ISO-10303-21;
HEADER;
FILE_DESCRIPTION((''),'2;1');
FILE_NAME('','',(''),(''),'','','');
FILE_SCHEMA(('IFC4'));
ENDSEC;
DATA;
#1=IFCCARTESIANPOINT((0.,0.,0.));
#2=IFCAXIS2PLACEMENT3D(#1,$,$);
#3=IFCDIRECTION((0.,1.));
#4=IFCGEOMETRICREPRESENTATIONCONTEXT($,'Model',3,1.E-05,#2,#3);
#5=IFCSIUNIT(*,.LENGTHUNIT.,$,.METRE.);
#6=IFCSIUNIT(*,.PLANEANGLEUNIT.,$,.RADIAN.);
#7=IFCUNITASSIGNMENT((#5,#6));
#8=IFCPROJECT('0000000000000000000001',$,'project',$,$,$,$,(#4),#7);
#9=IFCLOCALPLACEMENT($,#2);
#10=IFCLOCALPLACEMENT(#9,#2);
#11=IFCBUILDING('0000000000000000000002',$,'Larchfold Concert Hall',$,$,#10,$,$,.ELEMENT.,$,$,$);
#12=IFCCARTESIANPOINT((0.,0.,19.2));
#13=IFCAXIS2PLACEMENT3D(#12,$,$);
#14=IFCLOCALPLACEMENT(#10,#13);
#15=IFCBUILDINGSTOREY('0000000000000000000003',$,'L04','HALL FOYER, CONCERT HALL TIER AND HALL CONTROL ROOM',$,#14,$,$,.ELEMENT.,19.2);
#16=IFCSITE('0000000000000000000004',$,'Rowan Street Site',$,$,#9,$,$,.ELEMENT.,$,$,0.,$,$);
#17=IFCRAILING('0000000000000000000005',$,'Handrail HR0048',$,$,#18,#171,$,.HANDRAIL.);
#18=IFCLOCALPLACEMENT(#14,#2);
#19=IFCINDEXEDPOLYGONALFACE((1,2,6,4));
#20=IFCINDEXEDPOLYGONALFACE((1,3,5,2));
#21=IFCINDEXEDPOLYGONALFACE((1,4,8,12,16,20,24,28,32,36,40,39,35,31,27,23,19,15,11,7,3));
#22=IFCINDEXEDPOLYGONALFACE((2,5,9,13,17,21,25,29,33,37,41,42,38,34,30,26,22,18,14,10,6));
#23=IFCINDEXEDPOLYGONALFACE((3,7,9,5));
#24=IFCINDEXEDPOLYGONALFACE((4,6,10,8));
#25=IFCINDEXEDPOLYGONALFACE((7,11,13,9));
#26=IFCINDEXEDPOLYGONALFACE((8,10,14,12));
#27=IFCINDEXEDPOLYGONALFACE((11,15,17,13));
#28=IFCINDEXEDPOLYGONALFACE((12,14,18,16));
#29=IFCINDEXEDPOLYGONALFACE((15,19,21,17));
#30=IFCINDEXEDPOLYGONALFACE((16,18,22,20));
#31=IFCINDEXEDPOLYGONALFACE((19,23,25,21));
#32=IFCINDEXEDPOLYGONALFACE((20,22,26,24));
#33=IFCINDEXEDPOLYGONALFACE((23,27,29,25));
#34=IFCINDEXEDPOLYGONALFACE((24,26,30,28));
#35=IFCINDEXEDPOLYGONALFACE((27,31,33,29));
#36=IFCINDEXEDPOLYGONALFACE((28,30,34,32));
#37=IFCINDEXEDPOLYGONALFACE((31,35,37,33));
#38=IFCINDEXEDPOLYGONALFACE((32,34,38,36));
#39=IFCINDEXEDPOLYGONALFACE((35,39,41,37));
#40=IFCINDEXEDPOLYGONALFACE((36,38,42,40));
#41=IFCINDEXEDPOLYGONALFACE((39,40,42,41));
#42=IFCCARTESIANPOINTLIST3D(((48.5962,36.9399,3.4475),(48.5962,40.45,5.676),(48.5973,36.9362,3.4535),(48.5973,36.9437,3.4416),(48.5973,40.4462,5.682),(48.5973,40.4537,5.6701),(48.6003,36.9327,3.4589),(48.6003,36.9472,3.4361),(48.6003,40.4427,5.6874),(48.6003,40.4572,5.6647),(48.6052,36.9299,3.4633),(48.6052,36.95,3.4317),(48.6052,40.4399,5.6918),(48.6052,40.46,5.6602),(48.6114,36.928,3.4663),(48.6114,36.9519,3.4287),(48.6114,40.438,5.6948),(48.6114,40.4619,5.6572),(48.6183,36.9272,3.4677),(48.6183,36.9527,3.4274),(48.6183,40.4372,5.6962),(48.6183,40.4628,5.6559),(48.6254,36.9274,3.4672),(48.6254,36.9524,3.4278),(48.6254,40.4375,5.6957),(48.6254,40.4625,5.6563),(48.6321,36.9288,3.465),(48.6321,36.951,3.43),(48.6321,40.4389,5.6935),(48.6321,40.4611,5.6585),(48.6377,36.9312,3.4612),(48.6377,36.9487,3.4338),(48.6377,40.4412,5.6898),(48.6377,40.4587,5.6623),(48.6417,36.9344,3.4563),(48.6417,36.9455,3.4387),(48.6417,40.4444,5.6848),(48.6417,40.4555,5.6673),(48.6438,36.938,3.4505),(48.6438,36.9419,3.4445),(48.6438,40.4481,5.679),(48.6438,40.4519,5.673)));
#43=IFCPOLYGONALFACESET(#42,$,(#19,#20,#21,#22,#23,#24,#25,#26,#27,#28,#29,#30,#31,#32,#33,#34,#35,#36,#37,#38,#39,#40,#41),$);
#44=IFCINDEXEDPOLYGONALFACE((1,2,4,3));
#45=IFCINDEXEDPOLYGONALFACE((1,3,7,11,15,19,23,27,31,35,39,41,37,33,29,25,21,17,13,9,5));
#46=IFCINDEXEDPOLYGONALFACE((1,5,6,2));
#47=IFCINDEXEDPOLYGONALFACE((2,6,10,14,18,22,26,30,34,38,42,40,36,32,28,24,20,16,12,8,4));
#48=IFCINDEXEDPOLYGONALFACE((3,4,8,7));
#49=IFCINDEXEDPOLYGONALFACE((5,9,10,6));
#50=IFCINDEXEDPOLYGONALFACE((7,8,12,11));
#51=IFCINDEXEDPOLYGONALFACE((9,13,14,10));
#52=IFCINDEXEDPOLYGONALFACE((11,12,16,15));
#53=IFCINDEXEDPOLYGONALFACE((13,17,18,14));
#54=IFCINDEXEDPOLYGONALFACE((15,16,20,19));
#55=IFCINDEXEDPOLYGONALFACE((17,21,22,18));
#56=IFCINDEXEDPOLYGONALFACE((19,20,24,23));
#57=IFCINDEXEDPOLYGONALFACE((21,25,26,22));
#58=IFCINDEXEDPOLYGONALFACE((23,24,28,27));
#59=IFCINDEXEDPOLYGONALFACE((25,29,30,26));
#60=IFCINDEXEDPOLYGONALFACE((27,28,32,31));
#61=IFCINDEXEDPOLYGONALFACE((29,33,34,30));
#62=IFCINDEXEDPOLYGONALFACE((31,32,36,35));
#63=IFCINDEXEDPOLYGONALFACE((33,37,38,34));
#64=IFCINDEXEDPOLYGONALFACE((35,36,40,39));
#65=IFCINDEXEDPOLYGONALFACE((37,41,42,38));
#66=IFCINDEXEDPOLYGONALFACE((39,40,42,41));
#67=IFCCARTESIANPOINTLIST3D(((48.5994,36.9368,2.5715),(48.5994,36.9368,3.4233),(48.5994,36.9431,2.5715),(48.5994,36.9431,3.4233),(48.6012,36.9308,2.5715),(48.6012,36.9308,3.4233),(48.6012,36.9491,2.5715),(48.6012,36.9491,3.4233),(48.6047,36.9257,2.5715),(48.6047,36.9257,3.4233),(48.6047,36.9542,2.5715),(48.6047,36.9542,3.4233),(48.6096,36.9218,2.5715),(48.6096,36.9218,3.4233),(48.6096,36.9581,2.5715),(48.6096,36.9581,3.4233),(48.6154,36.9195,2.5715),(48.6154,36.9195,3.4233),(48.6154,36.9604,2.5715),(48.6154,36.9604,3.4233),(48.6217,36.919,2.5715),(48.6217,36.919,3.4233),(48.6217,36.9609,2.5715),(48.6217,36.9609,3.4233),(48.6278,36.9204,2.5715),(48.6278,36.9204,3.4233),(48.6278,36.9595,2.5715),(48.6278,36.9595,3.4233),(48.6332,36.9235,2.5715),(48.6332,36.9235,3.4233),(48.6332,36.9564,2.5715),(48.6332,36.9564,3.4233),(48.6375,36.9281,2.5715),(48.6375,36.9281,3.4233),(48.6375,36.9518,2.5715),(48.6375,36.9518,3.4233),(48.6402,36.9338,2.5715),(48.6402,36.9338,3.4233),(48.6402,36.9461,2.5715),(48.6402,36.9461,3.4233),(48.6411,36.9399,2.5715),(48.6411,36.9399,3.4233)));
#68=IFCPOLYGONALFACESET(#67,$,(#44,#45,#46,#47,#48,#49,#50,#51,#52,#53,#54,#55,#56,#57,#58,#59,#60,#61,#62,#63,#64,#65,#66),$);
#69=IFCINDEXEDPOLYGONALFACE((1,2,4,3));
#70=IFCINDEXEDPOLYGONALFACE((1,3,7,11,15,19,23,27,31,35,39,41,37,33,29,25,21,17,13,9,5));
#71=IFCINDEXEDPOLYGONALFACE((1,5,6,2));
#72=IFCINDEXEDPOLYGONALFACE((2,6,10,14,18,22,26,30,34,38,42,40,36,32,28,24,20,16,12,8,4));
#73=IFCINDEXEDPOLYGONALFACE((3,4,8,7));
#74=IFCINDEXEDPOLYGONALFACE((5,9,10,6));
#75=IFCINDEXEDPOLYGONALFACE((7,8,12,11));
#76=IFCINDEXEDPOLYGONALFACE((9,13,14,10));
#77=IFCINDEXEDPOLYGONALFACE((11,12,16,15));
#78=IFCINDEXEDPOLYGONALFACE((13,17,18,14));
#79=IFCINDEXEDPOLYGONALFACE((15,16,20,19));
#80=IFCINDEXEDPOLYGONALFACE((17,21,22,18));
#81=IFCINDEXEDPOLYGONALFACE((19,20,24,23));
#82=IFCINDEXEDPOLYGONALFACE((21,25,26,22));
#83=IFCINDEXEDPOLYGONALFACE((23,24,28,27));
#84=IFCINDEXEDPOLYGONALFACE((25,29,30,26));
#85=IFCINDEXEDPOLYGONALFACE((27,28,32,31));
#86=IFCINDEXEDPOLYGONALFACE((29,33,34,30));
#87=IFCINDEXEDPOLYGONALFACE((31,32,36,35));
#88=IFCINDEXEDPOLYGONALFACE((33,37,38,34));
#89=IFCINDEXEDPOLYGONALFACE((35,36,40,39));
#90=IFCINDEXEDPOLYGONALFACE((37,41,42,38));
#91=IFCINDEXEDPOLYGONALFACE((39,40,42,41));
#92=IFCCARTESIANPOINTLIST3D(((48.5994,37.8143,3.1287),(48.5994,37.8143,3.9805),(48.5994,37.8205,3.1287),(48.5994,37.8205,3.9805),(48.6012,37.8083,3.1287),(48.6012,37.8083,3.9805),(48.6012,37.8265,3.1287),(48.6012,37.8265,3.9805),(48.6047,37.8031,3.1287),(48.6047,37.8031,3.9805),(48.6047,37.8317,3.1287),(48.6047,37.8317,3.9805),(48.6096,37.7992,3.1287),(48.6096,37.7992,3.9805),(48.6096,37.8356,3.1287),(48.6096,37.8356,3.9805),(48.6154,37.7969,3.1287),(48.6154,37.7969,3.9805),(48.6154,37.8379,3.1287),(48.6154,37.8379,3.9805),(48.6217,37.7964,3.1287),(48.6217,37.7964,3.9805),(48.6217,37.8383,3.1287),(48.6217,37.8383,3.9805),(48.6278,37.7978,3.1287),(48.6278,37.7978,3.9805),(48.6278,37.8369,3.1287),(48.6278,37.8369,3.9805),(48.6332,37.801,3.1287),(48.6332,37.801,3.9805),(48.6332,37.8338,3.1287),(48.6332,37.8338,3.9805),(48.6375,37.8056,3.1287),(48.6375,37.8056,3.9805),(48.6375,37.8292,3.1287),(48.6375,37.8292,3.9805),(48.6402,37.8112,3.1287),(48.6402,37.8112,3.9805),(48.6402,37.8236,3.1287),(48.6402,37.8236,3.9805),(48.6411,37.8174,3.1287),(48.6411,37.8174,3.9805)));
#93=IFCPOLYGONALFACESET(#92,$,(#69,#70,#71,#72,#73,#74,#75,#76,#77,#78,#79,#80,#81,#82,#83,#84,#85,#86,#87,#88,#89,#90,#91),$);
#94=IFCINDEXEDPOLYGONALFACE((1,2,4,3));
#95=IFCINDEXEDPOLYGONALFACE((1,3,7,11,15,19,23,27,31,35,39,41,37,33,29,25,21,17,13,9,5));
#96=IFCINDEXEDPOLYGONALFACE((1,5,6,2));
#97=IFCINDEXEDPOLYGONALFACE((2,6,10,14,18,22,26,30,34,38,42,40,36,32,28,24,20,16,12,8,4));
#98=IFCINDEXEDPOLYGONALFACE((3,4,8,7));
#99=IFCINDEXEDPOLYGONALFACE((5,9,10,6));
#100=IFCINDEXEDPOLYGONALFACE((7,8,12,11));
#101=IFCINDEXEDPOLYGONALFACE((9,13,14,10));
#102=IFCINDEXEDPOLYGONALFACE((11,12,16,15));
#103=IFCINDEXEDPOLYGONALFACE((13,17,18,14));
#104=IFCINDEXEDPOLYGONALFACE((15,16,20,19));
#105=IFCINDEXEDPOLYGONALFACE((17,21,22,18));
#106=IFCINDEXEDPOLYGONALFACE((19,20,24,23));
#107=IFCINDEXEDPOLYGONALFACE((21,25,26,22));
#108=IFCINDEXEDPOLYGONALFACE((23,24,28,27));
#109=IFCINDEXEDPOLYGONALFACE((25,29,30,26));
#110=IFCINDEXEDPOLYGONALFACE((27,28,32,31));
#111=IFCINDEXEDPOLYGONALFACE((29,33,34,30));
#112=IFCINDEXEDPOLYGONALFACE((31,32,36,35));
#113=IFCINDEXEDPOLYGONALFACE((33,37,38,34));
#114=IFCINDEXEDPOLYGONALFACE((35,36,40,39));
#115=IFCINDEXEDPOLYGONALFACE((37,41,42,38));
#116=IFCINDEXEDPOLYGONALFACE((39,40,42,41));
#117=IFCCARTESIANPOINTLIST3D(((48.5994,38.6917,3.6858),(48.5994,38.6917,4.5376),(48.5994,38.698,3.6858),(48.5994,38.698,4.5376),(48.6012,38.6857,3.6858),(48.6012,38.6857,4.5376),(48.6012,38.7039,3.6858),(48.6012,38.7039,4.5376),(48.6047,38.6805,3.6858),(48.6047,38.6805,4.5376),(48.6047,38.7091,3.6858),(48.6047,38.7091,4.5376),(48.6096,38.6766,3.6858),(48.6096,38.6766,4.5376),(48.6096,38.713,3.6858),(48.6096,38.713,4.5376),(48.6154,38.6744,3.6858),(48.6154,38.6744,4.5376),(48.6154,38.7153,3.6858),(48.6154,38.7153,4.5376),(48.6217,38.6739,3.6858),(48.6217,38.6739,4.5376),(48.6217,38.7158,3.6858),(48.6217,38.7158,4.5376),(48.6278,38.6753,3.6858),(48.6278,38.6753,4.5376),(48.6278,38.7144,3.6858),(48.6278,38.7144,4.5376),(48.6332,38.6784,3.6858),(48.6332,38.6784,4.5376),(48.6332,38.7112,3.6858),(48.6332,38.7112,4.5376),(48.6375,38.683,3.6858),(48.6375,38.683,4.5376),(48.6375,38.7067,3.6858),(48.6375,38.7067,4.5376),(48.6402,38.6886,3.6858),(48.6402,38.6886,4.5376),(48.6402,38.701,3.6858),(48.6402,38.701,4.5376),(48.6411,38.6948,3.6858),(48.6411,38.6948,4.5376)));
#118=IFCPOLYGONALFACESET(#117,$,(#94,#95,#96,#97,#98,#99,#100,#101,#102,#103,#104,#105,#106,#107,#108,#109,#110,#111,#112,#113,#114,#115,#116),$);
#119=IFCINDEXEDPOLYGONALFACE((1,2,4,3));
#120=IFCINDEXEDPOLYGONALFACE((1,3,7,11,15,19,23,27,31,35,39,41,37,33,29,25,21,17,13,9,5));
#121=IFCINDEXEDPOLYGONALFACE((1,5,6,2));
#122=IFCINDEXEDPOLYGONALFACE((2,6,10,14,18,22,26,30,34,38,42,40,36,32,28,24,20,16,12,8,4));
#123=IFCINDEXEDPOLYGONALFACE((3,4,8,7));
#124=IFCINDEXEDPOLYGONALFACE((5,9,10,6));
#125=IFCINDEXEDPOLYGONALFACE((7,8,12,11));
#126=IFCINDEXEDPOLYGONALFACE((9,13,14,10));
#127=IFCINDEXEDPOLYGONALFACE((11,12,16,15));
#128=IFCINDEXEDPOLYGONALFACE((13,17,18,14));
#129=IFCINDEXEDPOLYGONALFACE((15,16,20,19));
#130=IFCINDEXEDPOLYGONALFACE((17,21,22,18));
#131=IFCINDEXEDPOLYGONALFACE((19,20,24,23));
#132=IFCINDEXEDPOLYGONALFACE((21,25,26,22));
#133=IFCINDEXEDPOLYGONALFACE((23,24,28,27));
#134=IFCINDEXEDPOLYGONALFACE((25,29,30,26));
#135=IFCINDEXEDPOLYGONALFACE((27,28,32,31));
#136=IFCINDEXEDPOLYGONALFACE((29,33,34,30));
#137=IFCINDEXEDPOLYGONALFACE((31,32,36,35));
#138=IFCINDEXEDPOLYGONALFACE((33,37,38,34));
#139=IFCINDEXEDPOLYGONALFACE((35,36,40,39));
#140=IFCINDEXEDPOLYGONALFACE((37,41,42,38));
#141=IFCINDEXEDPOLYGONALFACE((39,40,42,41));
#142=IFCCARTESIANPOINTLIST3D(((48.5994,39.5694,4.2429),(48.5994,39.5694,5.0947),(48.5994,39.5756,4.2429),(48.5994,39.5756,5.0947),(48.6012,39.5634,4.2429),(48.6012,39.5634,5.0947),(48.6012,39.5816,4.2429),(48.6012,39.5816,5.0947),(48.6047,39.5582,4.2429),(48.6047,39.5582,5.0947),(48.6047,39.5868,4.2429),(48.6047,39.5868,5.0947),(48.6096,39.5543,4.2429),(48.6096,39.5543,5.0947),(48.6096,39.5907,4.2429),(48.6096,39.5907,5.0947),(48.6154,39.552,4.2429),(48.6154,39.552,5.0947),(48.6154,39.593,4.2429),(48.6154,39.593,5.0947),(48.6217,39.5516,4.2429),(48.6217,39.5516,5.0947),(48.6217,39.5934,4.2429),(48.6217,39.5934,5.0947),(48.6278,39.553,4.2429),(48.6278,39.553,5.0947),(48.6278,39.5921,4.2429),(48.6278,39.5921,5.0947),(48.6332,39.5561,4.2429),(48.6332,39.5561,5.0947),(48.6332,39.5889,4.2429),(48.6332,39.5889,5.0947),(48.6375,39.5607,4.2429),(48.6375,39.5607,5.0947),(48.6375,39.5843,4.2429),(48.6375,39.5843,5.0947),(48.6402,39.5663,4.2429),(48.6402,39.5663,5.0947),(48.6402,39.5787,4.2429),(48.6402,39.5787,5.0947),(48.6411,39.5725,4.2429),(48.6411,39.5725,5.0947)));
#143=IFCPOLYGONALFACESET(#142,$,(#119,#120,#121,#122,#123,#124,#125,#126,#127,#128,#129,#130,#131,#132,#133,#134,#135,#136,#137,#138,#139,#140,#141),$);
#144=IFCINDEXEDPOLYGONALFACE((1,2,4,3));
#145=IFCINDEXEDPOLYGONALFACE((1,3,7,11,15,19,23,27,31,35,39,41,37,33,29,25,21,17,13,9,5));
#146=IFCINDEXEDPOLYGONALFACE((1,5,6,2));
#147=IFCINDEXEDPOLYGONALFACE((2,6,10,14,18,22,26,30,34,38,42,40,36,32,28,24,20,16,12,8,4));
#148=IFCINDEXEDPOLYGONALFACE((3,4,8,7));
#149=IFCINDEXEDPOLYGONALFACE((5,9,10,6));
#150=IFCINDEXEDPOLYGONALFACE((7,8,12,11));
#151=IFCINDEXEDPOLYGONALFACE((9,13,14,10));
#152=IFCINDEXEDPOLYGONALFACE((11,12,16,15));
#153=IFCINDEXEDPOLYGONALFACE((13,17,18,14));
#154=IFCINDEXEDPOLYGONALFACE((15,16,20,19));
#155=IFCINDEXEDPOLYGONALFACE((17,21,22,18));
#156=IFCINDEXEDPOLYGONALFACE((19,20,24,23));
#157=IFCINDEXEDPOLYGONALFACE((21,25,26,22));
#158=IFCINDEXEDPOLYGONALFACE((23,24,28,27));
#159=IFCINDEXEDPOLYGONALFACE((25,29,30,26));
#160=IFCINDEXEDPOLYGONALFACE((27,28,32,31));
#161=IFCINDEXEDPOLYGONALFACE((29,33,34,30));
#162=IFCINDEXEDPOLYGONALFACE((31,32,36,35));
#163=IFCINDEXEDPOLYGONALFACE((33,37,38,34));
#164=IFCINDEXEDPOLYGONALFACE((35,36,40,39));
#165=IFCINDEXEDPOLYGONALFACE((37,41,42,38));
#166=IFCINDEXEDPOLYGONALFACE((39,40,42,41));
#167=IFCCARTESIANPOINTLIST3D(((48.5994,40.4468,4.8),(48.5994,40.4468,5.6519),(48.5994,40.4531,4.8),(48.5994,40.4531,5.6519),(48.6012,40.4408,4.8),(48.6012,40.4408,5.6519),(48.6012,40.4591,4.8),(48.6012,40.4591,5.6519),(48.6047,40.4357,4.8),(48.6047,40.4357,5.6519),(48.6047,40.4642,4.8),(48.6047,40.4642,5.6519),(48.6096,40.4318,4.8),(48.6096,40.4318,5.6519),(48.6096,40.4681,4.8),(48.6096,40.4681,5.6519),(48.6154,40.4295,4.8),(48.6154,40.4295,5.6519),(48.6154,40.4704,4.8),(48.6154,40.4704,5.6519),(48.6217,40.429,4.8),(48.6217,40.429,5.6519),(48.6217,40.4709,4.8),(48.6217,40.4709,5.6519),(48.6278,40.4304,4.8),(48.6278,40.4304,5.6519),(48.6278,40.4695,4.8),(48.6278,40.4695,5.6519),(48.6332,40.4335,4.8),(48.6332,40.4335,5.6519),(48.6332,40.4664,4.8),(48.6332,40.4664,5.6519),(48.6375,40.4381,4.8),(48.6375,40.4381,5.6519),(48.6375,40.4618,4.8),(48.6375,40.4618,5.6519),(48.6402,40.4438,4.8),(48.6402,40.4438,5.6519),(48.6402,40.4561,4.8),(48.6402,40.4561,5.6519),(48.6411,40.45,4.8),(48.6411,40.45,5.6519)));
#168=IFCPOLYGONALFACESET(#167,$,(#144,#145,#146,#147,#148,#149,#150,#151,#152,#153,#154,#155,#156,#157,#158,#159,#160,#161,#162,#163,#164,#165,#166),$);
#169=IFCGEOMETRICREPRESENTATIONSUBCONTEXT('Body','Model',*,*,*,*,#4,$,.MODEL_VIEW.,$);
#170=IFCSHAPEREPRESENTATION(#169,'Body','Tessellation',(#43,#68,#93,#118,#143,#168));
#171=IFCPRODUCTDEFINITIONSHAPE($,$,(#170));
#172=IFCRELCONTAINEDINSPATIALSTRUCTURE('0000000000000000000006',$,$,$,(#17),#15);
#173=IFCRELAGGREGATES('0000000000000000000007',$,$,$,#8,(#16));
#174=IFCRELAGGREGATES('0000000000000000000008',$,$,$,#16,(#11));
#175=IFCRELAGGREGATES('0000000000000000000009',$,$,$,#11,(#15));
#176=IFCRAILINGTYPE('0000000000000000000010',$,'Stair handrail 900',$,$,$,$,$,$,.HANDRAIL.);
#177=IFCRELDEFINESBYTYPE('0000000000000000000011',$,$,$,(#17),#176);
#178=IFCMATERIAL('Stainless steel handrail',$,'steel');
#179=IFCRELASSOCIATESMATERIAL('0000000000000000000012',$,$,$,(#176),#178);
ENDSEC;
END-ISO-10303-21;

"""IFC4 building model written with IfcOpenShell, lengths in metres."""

from ifc_helpers import new_model, si_unit, direction, frame, origin, origin_2d, place, context, subcontext, project, spatial, circle, extrude, material, type_object, element, save


model = new_model("IFC4")

# Units and contexts
model_context = context("Model", 3, precision=1e-05, world=origin(), true_north=direction((0.0, 1.0)))
body_context = subcontext(model_context, "Body", "Model", "MODEL_VIEW")
ifc_project = project(units=[si_unit("LENGTHUNIT", "METRE"), si_unit("PLANEANGLEUNIT", "RADIAN")], contexts=[model_context])

# Site, building, storey
site_placement = place(None, origin())
site = spatial("IfcSite", under=ifc_project, at=site_placement, Name="Rowan Street Site", CompositionType="ELEMENT", RefElevation=0.0)
building_placement = place(site_placement, origin())
building = spatial("IfcBuilding", under=site, at=building_placement, Name="Larchfold Concert Hall", CompositionType="ELEMENT")
storey_placement = place(building_placement, frame((0.0, 0.0, 19.2)))
storey = spatial("IfcBuildingStorey", under=building, at=storey_placement, Name="L04", Description="HALL FOYER, CONCERT HALL TIER AND HALL CONTROL ROOM", CompositionType="ELEMENT", Elevation=19.2)

# Railing
ifc_material_1 = material(Name="Stainless steel handrail", Category="steel")
railing_type_1 = type_object("IfcRailingType", Name="Stair handrail 900", PredefinedType="HANDRAIL", material=ifc_material_1)
railing_1_placement = place(storey_placement, frame((48.6201, 36.9399, 2.5715)))
element("IfcRailing", 1, at=railing_1_placement, inside=storey, type_object=railing_type_1, Name="Handrail HR0048", PredefinedType="HANDRAIL", context=body_context, shape_type="SweptSolid", body=[
    extrude(circle(Radius=0.0239, at=origin_2d()), frame((0.0, 0.0, 0.876), z_axis=(0.0, 0.84422, 0.535998), x_axis=(-1.0, 0.0, 0.0)), (0.0, 0.0, 1.0), 4.1577),
    extrude(circle(Radius=0.021, at=origin_2d()), origin(), (0.0, 0.0, 1.0), 0.8518),
    extrude(circle(Radius=0.021, at=origin_2d()), frame((0.0, 0.8774, 0.5571)), (0.0, 0.0, 1.0), 0.8518),
    extrude(circle(Radius=0.021, at=origin_2d()), frame((0.0, 1.7549, 1.1143)), (0.0, 0.0, 1.0), 0.8518),
    extrude(circle(Radius=0.021, at=origin_2d()), frame((0.0, 2.6326, 1.6714)), (0.0, 0.0, 1.0), 0.8518),
    extrude(circle(Radius=0.021, at=origin_2d()), frame((0.0, 3.51, 2.2285)), (0.0, 0.0, 1.0), 0.8518),
])

save(model, "model.ifc")
